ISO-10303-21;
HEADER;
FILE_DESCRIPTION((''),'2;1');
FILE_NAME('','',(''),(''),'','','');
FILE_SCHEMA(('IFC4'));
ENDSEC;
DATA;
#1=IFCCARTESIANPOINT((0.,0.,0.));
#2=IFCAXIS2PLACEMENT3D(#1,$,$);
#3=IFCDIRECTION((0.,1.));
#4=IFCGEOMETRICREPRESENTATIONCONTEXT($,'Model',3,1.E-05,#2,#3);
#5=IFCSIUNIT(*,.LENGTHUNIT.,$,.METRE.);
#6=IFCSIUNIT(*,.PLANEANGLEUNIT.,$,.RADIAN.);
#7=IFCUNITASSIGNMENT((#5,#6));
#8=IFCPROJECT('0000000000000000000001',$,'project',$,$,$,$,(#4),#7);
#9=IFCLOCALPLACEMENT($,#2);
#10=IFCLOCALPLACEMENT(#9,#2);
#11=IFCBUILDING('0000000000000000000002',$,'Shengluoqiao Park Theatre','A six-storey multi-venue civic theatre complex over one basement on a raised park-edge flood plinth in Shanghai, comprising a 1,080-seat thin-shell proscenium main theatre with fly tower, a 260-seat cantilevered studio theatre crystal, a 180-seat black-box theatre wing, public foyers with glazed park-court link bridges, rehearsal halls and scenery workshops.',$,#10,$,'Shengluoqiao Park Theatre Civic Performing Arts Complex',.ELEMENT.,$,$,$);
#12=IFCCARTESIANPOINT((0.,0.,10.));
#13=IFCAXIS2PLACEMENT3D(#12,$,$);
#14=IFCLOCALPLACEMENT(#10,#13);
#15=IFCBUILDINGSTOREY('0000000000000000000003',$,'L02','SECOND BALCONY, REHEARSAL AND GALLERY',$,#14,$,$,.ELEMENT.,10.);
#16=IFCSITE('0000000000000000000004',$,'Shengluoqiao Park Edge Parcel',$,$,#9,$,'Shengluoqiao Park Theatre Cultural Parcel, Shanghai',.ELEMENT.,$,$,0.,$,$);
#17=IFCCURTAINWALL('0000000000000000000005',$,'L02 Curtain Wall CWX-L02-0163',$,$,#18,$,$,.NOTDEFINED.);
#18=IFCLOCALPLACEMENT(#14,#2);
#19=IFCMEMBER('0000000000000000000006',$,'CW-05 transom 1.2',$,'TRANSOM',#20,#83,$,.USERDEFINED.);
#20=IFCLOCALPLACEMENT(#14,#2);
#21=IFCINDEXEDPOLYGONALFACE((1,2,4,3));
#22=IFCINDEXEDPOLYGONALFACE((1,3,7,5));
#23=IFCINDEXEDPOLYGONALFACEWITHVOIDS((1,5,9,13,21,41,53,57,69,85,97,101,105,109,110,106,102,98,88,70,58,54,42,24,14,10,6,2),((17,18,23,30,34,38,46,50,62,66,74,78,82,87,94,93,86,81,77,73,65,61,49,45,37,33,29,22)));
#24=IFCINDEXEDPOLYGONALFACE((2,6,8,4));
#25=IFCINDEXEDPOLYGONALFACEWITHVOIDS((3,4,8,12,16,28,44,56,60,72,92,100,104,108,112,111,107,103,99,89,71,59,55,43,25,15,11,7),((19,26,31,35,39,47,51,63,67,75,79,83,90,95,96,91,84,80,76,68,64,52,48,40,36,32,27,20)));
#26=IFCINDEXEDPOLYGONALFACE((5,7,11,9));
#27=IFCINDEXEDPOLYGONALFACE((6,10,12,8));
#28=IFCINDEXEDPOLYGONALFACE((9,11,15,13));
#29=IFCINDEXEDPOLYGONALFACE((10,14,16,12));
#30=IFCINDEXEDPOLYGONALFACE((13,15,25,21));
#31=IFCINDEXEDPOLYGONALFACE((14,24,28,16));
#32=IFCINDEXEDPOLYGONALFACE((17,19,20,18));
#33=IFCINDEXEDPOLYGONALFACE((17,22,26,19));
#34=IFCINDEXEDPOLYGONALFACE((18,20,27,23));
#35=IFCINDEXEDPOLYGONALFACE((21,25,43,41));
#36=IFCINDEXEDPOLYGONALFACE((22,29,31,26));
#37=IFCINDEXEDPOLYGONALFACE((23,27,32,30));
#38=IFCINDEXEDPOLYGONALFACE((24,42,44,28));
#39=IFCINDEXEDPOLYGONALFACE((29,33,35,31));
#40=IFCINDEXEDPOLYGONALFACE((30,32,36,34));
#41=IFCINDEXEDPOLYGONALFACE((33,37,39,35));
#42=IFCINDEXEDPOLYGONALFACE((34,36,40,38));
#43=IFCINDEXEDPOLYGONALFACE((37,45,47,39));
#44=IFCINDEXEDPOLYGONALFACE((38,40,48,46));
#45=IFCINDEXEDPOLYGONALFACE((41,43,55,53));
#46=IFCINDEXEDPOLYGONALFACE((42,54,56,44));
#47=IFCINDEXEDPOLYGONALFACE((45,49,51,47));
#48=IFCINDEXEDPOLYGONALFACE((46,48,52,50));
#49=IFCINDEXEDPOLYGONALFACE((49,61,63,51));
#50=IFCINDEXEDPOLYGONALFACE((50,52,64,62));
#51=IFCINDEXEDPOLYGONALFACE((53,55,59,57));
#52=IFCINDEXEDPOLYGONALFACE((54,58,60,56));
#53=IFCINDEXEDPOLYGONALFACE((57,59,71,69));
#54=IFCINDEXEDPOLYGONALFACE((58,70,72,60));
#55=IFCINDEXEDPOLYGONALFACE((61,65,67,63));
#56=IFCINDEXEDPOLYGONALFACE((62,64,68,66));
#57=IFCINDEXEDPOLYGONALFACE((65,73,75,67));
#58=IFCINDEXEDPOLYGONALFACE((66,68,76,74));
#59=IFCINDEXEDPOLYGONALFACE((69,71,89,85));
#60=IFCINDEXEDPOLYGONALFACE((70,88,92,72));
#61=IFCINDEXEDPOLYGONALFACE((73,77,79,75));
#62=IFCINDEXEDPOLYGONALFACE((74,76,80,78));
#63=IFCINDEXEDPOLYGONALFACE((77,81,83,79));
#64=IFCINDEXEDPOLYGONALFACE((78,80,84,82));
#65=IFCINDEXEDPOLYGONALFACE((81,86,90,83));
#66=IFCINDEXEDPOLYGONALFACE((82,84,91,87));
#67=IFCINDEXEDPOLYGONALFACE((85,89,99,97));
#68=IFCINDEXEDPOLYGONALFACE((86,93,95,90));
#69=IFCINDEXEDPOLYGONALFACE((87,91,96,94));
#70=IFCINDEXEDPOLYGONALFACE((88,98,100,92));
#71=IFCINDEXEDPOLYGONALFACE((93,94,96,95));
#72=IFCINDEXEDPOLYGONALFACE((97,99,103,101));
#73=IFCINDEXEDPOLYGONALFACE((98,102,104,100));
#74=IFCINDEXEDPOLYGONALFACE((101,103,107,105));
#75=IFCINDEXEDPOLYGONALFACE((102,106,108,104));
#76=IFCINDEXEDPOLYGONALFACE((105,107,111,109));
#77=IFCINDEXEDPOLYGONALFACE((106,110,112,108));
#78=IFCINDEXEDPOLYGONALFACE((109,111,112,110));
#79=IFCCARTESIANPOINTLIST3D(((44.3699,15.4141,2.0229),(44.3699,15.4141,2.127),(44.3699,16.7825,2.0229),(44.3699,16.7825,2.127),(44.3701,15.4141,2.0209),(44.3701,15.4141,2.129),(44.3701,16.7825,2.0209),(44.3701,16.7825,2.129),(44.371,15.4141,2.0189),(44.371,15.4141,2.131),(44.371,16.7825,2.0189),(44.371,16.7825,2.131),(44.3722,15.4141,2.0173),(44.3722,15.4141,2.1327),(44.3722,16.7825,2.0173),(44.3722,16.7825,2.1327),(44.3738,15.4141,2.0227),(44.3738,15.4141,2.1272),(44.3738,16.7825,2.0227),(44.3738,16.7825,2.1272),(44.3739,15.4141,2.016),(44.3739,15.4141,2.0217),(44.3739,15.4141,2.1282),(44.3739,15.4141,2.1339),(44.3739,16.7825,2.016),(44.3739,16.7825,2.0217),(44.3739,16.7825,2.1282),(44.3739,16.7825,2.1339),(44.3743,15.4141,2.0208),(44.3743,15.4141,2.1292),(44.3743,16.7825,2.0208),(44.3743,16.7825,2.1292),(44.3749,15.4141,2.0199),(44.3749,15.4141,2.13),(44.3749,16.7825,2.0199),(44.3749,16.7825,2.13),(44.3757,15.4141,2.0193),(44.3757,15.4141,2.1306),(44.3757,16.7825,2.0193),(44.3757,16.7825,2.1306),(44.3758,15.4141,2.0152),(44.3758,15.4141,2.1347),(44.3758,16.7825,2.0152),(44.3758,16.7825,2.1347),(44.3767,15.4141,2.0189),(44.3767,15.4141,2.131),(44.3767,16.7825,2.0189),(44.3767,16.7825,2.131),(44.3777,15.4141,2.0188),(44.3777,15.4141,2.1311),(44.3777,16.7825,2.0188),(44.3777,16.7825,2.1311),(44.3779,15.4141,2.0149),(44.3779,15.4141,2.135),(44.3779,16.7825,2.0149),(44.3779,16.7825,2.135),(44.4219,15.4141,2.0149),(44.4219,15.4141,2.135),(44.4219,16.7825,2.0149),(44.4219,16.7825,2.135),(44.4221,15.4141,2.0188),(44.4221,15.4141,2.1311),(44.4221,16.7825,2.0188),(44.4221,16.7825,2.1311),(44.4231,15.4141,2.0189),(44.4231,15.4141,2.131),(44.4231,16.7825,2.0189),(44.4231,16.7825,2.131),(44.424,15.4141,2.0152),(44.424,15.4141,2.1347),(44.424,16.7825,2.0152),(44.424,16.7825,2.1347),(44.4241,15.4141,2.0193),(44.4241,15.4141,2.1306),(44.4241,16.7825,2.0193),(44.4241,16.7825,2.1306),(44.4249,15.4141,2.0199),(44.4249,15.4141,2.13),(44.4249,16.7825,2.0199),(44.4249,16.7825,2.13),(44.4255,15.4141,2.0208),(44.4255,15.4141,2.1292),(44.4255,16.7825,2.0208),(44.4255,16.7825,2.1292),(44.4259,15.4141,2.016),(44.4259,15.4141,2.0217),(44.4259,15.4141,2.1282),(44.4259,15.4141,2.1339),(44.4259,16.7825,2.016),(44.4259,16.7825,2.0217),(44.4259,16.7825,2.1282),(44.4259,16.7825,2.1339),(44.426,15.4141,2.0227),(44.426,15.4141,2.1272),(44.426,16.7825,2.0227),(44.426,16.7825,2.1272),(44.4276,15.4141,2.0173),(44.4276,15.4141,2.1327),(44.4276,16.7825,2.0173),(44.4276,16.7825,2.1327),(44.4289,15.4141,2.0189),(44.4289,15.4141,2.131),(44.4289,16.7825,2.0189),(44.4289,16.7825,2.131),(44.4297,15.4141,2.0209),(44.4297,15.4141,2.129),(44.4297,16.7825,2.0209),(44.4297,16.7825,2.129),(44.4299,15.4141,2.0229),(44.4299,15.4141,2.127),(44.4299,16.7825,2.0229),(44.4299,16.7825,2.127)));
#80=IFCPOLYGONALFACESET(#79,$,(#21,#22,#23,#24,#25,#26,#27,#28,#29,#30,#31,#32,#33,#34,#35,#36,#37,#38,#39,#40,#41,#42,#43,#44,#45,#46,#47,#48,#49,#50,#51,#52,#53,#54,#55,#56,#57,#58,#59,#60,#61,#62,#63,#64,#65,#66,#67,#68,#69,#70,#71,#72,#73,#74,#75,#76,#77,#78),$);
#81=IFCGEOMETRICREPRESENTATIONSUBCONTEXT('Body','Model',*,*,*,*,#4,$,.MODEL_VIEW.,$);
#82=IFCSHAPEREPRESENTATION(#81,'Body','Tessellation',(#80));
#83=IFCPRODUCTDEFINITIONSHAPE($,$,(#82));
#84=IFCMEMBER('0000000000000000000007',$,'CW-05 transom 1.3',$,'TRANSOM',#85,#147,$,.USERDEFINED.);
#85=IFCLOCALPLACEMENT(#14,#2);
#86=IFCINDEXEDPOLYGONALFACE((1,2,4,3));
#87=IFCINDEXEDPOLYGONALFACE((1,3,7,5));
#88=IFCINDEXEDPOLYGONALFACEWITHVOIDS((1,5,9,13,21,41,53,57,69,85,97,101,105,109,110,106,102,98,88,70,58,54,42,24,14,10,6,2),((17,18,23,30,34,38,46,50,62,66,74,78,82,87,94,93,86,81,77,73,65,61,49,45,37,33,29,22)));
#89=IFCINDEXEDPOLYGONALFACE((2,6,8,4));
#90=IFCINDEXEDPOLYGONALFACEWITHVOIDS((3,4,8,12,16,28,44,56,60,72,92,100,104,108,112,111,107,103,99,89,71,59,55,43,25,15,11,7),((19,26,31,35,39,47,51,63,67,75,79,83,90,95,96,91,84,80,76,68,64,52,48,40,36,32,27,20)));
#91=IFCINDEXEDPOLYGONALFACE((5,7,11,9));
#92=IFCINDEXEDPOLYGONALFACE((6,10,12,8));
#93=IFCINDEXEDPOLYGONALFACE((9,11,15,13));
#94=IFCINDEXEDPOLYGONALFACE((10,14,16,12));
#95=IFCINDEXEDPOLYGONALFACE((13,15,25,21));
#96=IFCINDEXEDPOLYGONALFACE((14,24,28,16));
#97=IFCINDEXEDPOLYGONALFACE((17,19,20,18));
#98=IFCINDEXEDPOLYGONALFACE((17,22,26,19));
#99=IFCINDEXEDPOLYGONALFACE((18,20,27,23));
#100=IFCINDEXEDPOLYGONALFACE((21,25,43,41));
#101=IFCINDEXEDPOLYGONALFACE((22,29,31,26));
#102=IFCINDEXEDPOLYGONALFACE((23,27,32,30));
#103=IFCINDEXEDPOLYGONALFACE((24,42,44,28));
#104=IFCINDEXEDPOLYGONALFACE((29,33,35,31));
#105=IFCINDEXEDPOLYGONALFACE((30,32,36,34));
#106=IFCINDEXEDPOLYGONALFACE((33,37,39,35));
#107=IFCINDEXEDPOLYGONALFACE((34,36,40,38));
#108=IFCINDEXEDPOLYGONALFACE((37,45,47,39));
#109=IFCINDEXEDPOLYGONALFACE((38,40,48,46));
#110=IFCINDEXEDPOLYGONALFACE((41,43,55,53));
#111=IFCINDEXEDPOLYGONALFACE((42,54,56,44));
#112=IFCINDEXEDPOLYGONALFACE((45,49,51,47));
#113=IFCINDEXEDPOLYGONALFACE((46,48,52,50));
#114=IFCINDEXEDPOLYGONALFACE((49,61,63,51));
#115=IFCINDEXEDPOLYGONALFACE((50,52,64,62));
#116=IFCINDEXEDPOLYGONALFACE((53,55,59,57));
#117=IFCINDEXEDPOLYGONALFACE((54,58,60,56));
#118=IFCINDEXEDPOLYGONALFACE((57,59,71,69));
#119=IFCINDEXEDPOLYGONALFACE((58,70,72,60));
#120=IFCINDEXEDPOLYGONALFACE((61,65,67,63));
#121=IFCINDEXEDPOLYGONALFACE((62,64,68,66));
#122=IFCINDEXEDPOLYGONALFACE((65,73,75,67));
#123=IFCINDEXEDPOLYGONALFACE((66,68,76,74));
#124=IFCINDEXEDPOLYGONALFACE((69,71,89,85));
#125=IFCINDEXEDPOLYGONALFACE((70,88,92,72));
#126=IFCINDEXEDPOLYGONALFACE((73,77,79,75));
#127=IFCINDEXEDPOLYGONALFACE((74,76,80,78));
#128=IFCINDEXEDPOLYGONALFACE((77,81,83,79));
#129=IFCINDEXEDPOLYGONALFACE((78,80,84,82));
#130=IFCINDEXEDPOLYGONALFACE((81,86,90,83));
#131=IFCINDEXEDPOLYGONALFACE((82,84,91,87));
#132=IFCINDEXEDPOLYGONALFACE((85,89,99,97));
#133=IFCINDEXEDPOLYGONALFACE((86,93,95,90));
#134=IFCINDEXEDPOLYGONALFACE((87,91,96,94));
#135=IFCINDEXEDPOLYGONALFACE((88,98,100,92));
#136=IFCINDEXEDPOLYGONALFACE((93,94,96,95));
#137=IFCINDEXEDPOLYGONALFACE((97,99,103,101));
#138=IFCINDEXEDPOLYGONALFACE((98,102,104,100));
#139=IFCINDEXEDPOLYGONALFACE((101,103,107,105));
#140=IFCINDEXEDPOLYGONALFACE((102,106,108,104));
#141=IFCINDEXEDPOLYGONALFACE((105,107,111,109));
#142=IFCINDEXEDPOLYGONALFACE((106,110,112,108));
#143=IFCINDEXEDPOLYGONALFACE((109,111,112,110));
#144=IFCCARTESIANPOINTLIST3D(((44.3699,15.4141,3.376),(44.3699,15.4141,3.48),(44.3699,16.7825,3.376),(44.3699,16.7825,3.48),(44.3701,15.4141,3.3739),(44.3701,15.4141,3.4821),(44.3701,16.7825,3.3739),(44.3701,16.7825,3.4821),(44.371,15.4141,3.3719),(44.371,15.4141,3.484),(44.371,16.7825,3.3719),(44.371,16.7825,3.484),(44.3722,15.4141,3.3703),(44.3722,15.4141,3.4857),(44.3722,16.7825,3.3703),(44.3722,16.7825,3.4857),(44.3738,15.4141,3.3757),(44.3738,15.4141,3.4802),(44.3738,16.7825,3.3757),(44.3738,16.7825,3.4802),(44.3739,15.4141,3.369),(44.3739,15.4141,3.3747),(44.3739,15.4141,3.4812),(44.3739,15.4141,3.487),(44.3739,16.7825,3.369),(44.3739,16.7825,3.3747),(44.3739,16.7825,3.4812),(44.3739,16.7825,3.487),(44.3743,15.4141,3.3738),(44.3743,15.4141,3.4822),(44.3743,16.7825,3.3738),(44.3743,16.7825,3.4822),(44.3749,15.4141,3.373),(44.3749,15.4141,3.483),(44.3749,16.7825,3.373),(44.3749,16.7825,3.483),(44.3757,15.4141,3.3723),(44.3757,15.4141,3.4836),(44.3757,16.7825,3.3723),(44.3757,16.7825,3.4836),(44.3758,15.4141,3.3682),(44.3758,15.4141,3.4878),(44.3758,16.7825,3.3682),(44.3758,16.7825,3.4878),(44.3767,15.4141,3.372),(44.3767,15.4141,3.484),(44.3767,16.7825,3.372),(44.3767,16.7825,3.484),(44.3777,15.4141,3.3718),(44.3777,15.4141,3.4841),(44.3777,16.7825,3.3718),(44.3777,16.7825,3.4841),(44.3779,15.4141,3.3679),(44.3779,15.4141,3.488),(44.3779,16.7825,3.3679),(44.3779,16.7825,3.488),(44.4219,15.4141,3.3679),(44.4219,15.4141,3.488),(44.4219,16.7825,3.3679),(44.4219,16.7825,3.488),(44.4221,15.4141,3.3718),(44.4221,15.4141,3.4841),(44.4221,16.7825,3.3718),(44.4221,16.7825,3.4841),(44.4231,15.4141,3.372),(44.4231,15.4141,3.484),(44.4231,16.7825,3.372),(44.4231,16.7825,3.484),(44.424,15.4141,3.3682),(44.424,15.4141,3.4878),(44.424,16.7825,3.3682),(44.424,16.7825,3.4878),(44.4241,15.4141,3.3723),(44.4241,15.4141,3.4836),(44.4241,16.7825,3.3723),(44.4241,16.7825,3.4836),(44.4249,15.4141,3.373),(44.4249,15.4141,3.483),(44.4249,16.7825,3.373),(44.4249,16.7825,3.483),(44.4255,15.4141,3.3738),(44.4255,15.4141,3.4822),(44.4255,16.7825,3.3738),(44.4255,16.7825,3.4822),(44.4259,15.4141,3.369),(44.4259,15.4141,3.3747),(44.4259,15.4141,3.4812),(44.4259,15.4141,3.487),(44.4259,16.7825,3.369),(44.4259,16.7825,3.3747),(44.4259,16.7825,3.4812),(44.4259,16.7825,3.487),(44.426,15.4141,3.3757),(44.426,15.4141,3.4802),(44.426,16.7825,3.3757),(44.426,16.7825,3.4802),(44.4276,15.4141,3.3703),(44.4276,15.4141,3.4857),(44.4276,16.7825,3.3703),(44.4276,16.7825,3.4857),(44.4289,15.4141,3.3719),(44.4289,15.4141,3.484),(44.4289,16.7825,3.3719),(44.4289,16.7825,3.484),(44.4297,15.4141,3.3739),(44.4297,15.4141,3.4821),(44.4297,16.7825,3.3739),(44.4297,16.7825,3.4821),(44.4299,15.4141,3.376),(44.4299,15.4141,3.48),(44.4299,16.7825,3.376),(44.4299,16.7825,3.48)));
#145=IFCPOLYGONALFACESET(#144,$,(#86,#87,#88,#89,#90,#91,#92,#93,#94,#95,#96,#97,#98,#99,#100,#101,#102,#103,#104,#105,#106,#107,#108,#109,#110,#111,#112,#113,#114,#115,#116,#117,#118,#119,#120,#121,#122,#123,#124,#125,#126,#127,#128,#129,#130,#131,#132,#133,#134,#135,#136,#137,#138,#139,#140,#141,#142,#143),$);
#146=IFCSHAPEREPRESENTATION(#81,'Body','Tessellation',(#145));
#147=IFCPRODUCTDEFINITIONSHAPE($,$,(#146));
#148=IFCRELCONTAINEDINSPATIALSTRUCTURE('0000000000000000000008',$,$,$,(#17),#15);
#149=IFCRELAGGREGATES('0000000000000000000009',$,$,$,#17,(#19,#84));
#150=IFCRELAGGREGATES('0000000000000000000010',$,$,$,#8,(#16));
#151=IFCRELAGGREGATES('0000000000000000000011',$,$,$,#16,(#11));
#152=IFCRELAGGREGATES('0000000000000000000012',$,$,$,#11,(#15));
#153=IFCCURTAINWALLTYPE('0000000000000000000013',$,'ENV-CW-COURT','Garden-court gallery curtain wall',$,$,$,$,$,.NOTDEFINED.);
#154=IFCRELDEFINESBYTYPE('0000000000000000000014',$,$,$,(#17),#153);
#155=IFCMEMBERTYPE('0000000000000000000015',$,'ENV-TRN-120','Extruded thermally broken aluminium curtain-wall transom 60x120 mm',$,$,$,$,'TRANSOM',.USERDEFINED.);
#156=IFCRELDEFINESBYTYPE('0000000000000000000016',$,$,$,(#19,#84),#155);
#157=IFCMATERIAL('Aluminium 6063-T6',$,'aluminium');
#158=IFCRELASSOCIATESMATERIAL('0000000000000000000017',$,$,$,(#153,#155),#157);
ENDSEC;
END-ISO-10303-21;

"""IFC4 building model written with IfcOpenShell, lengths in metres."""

from ifc_helpers import new_model, si_unit, direction, frame, origin, origin_2d, place, context, subcontext, project, spatial, hollow_rectangle, extrude, material, material_profile, profile_set, type_object, element, aggregate, save


model = new_model("IFC4")

# Units and contexts
model_context = context("Model", 3, precision=1e-05, world=origin(), true_north=direction((0.0, 1.0)))
body_context = subcontext(model_context, "Body", "Model", "MODEL_VIEW")
ifc_project = project(units=[si_unit("LENGTHUNIT", "METRE"), si_unit("PLANEANGLEUNIT", "RADIAN")], contexts=[model_context])

# Site, building, storey
site_placement = place(None, origin())
site = spatial("IfcSite", under=ifc_project, at=site_placement, Name="Shengluoqiao Park Edge Parcel", LongName="Shengluoqiao Park Theatre Cultural Parcel, Shanghai", CompositionType="ELEMENT", RefElevation=0.0)
building_placement = place(site_placement, origin())
building = spatial("IfcBuilding", under=site, at=building_placement, Name="Shengluoqiao Park Theatre", Description="A six-storey multi-venue civic theatre complex over one basement on a raised park-edge flood plinth in Shanghai, comprising a 1,080-seat thin-shell proscenium main theatre with fly tower, a 260-seat cantilevered studio theatre crystal, a 180-seat black-box theatre wing, public foyers with glazed park-court link bridges, rehearsal halls and scenery workshops.", LongName="Shengluoqiao Park Theatre Civic Performing Arts Complex", CompositionType="ELEMENT")
storey_placement = place(building_placement, frame((0.0, 0.0, 10.0)))
storey = spatial("IfcBuildingStorey", under=building, at=storey_placement, Name="L02", Description="SECOND BALCONY, REHEARSAL AND GALLERY", CompositionType="ELEMENT", Elevation=10.0)

# Shared definitions
ifc_material_1 = material(Name="Aluminium 6063-T6", Category="aluminium")
curtain_wall_type = type_object("IfcCurtainWallType", Name="ENV-CW-COURT", Description="Garden-court gallery curtain wall", PredefinedType="NOTDEFINED", material=ifc_material_1)

# Curtain wall
curtain_wall_1_placement = place(storey_placement, origin())
curtain_wall_1 = element("IfcCurtainWall", 1, at=curtain_wall_1_placement, inside=storey, type_object=curtain_wall_type, Name="L02 Curtain Wall CWX-L02-0163", PredefinedType="NOTDEFINED")

# Members
ifc_material_profile_1 = material_profile(ifc_material_1, hollow_rectangle(XDim=0.0601, YDim=0.1201, WallThickness=0.0039, InnerFilletRadius=0.0039, OuterFilletRadius=0.0081, at=origin_2d()), Name="ALU TRANSOM 120x60x4")
ifc_profile_set_1 = profile_set([ifc_material_profile_1], Name="Aluminium 6063-T6")
member_type_1 = type_object("IfcMemberType", Name="ENV-TRN-120", Description="Extruded thermally broken aluminium curtain-wall transom 60x120 mm", ElementType="TRANSOM", PredefinedType="USERDEFINED", material=ifc_profile_set_1)
member_1_placement = place(storey_placement, frame((44.3999, 15.4141, 2.075), z_axis=(0.0, 1.0, 0.0), x_axis=(-1.0, 0.0, 0.0)))
member_1 = element("IfcMember", 2, at=member_1_placement, type_object=member_type_1, Name="CW-05 transom 1.2", ObjectType="TRANSOM", PredefinedType="USERDEFINED", context=body_context, shape_type="SweptSolid", body=[
    extrude(hollow_rectangle(XDim=0.0601, YDim=0.1201, WallThickness=0.0039, InnerFilletRadius=0.0039, OuterFilletRadius=0.0081, at=origin_2d()), origin(), (0.0, 0.0, 1.0), 1.3684),
])
member_2_placement = place(storey_placement, frame((44.3999, 15.4141, 3.428), z_axis=(0.0, 1.0, 0.0), x_axis=(-1.0, 0.0, 0.0)))
member_2 = element("IfcMember", 3, at=member_2_placement, type_object=member_type_1, Name="CW-05 transom 1.3", ObjectType="TRANSOM", PredefinedType="USERDEFINED", context=body_context, shape_type="SweptSolid", body=[
    extrude(hollow_rectangle(XDim=0.0601, YDim=0.1201, WallThickness=0.0039, InnerFilletRadius=0.0039, OuterFilletRadius=0.0081, at=origin_2d()), origin(), (0.0, 0.0, 1.0), 1.3684),
])

aggregate(curtain_wall_1, [member_1, member_2])

save(model, "model.ifc")
